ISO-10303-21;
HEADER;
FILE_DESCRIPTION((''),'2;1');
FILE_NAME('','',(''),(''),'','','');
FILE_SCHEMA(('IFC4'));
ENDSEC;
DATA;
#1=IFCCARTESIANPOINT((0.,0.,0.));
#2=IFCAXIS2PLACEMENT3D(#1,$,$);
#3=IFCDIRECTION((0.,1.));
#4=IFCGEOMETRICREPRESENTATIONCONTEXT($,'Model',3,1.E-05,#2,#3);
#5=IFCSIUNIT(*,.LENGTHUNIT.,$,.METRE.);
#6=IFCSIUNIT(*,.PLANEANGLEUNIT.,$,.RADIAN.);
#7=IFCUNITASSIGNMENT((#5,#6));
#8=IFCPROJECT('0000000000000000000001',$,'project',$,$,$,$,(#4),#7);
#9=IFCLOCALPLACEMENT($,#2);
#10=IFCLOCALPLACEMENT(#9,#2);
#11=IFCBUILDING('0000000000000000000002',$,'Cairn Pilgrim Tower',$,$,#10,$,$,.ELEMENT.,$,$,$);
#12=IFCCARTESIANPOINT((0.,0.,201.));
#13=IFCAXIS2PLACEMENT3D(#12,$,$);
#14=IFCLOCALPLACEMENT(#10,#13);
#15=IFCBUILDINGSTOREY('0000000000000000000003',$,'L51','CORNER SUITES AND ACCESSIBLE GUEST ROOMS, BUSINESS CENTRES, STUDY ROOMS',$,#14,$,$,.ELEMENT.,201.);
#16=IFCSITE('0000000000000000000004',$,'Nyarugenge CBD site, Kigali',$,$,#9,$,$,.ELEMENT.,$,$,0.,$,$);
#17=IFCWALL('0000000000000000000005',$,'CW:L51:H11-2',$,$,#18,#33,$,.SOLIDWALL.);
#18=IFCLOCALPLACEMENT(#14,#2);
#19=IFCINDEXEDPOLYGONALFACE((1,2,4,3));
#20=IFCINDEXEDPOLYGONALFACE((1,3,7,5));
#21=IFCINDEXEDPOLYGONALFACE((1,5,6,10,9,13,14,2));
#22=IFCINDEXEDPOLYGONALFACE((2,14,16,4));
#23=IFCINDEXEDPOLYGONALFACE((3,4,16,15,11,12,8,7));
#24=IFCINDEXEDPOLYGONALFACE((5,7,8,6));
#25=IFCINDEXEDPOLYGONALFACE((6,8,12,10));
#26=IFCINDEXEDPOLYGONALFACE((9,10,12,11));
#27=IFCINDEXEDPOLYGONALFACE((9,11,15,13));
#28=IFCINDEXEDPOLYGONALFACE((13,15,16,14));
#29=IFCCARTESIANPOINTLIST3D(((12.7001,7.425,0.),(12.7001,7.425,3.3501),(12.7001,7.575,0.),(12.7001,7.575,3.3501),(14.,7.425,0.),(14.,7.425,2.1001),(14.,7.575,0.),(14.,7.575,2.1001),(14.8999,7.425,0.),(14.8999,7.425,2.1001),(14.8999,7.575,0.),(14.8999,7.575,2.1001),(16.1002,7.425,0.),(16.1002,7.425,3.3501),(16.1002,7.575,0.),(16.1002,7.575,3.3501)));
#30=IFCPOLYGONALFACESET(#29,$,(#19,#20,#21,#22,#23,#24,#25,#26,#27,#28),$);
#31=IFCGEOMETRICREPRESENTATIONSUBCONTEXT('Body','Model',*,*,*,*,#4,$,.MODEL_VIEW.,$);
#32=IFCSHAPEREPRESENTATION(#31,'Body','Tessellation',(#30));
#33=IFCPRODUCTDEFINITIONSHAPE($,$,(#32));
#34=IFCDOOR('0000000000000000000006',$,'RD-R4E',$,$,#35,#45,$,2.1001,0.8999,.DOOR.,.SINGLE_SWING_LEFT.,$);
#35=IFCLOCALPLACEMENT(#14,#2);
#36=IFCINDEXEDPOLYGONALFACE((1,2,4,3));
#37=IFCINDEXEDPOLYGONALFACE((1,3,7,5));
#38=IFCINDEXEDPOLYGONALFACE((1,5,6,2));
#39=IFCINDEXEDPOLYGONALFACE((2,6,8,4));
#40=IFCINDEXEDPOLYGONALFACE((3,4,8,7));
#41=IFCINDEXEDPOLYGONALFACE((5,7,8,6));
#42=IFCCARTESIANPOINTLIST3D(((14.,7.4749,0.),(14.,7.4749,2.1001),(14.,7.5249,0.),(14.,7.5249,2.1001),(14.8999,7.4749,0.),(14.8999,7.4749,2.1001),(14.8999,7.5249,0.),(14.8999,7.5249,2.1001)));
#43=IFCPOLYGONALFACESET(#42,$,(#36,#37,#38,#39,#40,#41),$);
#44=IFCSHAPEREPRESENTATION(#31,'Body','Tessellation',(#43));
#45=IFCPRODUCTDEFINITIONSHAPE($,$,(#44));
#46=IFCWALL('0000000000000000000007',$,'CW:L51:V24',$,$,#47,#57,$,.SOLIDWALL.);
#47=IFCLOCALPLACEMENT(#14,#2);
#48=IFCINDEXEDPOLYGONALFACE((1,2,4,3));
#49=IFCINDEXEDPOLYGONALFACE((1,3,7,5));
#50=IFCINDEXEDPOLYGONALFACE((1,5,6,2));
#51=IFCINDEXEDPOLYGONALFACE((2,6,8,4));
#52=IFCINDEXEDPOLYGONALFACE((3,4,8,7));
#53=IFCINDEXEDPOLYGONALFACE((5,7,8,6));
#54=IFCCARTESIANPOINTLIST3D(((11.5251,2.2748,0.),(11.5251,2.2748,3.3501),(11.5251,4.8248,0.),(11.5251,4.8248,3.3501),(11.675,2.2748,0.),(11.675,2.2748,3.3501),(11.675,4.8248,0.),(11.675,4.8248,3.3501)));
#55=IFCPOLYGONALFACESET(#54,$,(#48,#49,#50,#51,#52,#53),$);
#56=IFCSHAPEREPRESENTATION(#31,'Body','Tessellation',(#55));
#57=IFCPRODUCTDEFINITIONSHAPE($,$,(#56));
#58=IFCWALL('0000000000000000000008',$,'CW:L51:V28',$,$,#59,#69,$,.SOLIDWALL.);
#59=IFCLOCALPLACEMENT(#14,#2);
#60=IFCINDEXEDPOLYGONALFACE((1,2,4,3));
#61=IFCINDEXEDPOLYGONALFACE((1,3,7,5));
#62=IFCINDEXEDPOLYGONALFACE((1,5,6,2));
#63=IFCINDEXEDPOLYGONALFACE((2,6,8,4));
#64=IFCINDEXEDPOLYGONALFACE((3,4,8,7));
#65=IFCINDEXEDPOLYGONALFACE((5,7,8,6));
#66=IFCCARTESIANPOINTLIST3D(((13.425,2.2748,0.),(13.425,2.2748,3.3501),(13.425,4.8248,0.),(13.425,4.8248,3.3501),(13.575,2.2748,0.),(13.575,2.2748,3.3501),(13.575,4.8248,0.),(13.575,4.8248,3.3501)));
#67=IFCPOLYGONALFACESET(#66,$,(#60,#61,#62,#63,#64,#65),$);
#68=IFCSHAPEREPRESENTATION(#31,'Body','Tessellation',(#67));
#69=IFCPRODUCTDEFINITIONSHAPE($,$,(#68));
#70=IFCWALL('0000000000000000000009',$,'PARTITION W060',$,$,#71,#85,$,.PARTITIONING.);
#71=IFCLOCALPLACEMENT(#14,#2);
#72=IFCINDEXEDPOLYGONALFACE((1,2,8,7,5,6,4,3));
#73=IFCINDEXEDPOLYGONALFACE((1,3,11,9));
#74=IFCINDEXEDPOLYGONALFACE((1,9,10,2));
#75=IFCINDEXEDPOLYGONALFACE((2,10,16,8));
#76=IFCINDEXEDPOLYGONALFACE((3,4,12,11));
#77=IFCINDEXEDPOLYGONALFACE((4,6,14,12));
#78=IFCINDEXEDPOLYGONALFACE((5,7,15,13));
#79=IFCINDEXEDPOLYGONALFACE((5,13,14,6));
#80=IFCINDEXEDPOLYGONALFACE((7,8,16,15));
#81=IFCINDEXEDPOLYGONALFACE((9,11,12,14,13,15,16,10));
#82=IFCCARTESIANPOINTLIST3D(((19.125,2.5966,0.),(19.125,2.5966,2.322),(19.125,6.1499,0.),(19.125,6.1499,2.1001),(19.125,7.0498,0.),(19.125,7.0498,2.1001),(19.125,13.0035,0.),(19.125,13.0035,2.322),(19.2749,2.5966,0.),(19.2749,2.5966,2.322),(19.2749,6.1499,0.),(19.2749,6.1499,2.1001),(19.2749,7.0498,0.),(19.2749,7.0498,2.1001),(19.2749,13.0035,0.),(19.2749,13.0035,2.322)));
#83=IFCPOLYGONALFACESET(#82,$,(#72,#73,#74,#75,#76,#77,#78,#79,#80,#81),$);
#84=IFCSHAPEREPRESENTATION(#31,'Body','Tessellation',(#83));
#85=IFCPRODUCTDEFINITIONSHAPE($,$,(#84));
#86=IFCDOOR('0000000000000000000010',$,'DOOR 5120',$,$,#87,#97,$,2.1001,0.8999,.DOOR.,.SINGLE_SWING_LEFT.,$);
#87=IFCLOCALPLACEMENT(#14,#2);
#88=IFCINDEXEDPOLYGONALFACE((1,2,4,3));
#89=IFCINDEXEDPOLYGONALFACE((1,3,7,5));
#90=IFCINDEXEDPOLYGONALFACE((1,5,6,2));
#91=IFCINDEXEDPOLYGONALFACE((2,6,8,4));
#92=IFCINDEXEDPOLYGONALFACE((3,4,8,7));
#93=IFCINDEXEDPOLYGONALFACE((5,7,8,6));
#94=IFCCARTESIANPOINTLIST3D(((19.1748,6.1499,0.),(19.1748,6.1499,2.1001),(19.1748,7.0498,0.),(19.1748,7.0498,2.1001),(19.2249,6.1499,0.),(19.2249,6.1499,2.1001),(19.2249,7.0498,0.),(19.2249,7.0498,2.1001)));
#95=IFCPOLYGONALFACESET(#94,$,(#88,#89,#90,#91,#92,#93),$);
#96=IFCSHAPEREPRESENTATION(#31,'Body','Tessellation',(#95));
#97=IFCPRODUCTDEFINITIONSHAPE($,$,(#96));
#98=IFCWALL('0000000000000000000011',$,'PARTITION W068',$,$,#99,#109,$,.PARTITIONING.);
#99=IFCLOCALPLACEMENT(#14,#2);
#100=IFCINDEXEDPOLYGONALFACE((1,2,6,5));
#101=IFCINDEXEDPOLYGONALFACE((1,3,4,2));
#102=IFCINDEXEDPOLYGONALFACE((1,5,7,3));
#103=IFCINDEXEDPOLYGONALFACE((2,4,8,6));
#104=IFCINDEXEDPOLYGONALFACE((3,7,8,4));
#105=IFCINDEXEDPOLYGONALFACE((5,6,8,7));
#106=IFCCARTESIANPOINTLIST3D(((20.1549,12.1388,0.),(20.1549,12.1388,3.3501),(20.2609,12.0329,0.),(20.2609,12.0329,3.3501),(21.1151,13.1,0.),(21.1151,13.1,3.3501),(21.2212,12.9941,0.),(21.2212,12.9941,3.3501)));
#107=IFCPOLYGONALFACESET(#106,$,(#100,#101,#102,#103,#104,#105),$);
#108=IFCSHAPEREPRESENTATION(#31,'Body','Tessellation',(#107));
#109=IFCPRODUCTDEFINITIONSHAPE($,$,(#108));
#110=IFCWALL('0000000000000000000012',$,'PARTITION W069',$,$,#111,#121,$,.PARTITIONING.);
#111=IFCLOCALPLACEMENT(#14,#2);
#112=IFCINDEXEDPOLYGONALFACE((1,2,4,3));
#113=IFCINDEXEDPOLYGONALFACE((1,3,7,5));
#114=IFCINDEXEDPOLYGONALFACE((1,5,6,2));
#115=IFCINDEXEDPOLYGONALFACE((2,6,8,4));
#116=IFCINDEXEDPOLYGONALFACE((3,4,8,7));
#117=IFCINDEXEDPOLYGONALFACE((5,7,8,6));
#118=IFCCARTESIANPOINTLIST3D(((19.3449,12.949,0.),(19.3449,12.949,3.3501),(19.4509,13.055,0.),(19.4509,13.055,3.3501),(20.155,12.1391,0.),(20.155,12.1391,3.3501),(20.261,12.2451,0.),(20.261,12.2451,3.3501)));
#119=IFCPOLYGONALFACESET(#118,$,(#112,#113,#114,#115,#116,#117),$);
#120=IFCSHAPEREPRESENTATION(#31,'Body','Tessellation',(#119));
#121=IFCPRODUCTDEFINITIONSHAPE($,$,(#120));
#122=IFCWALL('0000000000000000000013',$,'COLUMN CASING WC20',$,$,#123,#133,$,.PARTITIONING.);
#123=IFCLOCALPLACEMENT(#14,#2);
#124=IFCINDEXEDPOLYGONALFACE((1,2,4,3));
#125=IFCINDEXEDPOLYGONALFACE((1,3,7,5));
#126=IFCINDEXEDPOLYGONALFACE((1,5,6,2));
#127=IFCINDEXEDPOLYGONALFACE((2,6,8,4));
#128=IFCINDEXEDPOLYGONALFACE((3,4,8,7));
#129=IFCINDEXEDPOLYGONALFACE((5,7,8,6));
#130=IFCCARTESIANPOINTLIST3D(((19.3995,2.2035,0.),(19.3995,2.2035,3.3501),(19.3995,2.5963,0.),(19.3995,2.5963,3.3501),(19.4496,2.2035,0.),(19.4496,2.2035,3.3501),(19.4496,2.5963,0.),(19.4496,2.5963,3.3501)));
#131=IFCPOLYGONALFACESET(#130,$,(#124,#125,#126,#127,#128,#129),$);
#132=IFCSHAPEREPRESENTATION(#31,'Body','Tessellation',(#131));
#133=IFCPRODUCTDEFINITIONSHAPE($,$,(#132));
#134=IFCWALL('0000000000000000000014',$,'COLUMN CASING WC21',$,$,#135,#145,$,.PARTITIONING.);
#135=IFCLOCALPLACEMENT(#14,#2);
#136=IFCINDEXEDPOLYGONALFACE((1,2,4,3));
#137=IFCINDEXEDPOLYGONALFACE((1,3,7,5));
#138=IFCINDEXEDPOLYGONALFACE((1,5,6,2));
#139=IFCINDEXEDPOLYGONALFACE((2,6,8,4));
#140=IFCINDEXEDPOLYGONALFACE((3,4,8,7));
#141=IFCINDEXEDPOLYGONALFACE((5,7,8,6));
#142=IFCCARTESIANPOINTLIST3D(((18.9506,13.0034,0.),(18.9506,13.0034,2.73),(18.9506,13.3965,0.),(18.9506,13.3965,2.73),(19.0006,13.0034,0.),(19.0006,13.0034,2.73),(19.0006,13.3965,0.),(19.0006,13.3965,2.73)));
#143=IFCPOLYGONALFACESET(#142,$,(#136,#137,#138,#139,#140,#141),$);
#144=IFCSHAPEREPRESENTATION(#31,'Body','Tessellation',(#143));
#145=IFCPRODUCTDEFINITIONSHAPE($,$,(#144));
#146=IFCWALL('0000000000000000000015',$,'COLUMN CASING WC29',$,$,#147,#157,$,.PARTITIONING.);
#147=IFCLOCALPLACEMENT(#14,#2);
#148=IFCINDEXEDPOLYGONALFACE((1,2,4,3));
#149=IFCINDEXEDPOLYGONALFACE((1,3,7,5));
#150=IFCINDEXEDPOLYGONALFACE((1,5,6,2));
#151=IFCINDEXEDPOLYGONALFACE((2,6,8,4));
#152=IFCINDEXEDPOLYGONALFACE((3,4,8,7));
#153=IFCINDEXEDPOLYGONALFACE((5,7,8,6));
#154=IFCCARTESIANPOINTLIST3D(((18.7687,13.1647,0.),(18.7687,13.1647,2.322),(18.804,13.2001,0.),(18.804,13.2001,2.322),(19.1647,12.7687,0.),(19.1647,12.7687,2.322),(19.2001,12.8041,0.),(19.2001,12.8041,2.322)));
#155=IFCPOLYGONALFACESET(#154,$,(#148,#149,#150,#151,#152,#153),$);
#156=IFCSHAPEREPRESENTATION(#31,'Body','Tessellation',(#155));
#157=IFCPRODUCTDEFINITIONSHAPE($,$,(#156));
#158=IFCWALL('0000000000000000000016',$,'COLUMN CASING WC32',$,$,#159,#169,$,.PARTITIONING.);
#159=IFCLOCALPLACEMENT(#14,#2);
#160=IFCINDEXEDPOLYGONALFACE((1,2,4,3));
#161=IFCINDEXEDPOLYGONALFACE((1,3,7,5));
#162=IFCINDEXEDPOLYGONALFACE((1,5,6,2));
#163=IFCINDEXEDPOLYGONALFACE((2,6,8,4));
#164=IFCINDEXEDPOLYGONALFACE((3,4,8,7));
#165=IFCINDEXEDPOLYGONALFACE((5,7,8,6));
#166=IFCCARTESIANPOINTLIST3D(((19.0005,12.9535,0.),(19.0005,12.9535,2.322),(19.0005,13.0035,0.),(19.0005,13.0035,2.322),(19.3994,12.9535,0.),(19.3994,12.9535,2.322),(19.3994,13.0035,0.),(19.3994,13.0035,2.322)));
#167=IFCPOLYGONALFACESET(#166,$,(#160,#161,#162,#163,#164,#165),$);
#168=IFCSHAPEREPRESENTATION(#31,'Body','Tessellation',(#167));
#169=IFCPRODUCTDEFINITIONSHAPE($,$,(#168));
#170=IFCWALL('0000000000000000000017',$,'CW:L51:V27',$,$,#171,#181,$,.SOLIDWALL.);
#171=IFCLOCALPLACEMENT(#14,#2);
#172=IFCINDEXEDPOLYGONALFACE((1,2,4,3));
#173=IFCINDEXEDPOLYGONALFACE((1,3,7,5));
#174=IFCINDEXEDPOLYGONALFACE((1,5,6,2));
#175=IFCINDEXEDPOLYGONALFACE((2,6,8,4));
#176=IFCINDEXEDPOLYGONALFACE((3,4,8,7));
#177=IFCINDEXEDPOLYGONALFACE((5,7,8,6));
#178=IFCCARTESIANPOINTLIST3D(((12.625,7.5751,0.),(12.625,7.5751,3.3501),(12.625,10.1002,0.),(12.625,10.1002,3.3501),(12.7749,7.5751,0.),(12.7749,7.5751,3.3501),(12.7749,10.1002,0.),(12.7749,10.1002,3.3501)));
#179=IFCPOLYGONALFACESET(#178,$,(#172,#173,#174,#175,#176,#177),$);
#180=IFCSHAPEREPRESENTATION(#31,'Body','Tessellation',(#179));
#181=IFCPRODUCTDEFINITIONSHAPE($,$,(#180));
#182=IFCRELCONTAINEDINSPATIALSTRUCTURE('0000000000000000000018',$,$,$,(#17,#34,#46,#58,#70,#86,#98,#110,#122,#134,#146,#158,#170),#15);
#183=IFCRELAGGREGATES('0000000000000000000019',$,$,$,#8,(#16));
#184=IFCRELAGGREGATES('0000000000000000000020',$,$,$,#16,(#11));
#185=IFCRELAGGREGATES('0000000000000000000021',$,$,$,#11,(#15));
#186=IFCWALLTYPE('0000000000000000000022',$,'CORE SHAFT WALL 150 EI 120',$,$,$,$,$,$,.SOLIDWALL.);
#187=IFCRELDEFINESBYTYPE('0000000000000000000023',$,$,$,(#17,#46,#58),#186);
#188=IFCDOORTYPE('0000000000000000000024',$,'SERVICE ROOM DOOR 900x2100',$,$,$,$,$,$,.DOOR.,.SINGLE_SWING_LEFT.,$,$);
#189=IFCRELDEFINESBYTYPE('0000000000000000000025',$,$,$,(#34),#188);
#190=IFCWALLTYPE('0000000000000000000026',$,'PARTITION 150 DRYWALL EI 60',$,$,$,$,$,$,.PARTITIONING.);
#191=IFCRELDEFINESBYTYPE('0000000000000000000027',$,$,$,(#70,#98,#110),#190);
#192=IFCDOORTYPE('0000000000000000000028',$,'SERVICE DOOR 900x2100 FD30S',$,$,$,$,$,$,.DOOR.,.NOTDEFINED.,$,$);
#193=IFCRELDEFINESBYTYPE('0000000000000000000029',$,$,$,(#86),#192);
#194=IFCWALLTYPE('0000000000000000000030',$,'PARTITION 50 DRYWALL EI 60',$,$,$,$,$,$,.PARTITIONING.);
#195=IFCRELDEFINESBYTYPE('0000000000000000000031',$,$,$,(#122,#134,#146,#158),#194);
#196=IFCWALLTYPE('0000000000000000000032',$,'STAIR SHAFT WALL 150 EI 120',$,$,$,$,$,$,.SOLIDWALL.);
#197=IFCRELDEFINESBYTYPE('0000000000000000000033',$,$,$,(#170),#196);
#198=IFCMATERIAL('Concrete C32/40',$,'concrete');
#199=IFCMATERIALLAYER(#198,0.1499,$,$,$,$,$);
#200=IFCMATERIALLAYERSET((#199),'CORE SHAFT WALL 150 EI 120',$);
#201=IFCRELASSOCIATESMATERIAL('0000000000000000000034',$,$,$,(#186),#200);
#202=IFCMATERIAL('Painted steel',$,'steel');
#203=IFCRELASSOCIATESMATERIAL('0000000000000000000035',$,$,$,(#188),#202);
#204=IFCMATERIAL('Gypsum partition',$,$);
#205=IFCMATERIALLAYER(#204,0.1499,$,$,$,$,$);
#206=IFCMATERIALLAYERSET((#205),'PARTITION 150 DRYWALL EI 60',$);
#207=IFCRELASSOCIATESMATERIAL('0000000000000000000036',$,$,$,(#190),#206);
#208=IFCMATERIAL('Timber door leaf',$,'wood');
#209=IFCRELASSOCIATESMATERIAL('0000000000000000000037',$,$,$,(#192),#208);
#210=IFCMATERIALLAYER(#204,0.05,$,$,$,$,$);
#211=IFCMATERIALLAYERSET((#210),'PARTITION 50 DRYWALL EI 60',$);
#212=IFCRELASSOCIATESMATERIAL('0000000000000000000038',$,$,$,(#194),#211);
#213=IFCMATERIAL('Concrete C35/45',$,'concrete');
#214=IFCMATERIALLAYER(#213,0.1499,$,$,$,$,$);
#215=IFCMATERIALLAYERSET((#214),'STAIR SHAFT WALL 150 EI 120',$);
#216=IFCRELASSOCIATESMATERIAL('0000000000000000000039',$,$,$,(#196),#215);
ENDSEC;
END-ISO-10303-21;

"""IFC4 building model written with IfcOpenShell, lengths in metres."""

from ifc_helpers import new_model, si_unit, direction, frame, frame_2d, origin, place, context, subcontext, project, spatial, rectangle, extrude, material, layer, layer_set, type_object, element, fill, save


model = new_model("IFC4")

# Units and contexts
model_context = context("Model", 3, precision=1e-05, world=origin(), true_north=direction((0.0, 1.0)))
body_context = subcontext(model_context, "Body", "Model", "MODEL_VIEW")
ifc_project = project(units=[si_unit("LENGTHUNIT", "METRE"), si_unit("PLANEANGLEUNIT", "RADIAN")], contexts=[model_context])

# Site, building, storey
site_placement = place(None, origin())
site = spatial("IfcSite", under=ifc_project, at=site_placement, Name="Nyarugenge CBD site, Kigali", CompositionType="ELEMENT", RefElevation=0.0)
building_placement = place(site_placement, origin())
building = spatial("IfcBuilding", under=site, at=building_placement, Name="Cairn Pilgrim Tower", CompositionType="ELEMENT")
storey_placement = place(building_placement, frame((0.0, 0.0, 201.0)))
storey = spatial("IfcBuildingStorey", under=building, at=storey_placement, Name="L51", Description="CORNER SUITES AND ACCESSIBLE GUEST ROOMS, BUSINESS CENTRES, STUDY ROOMS", CompositionType="ELEMENT", Elevation=201.0)

# Shared definitions
ifc_material_1 = material(Name="Concrete C32/40", Category="concrete")

# Wall, opening, door
ifc_layer_1 = layer(ifc_material_1, 0.1499)
ifc_layer_set_1 = layer_set([ifc_layer_1], Name="CORE SHAFT WALL 150 EI 120")
wall_type_1 = type_object("IfcWallType", Name="CORE SHAFT WALL 150 EI 120", PredefinedType="SOLIDWALL", material=ifc_layer_set_1)
wall_1_placement = place(storey_placement, frame((12.7, 7.5, 0.0), z_axis=(0.0, 0.0, 1.0), x_axis=(1.0, 0.0, 0.0)))
wall_1 = element("IfcWall", 1, at=wall_1_placement, inside=storey, type_object=wall_type_1, Name="CW:L51:H11-2", PredefinedType="SOLIDWALL", context=body_context, shape_type="SweptSolid", body=[
    extrude(rectangle(XDim=3.4001, YDim=0.1499, at=frame_2d((1.7002, 0.0))), origin(), (0.0, 0.0, 1.0), 3.3501),
])
opening_1_placement = place(wall_1_placement, frame((1.3, 0.0, 0.0)))
opening_1 = element("IfcOpeningElement", 2, at=opening_1_placement, cuts=wall_1, PredefinedType="OPENING", context=body_context, shape_type="SweptSolid", body=[
    extrude(rectangle(XDim=0.8999, YDim=2.1001, at=frame_2d((0.45, 1.05))), frame((0.0, 0.085, 0.0), z_axis=(0.0, -1.0, 0.0), x_axis=(1.0, 0.0, 0.0)), (0.0, 0.0, 1.0), 0.1699),
])
ifc_material_2 = material(Name="Painted steel", Category="steel")
door_type_1 = type_object("IfcDoorType", Name="SERVICE ROOM DOOR 900x2100", OperationType="SINGLE_SWING_LEFT", PredefinedType="DOOR", material=ifc_material_2)
door_1_placement = place(opening_1_placement, origin())
door_1 = element("IfcDoor", 3, at=door_1_placement, inside=storey, type_object=door_type_1, Name="RD-R4E", OperationType="SINGLE_SWING_LEFT", OverallHeight=2.1001, OverallWidth=0.8999, PredefinedType="DOOR", context=body_context, shape_type="SweptSolid", body=[
    extrude(rectangle(XDim=0.8999, YDim=2.1001, at=frame_2d((0.45, 1.05))), frame((0.0, 0.0249, 0.0), z_axis=(0.0, -1.0, 0.0), x_axis=(1.0, 0.0, 0.0)), (0.0, 0.0, 1.0), 0.05),
])
fill(opening_1, door_1)

# Walls
for number, where, z_axis, x_axis, name in (
    (4, (11.6001, 2.2749, 0.0), (0.0, 0.0, 1.0), (0.0, 1.0, 0.0), "CW:L51:V24"),
    (5, (13.5, 2.2749, 0.0), (0.0, 0.0, 1.0), (0.0, 1.0, 0.0), "CW:L51:V28"),
):
    element("IfcWall", number, at=place(storey_placement, frame(where, z_axis=z_axis, x_axis=x_axis)), inside=storey, type_object=wall_type_1, Name=name, PredefinedType="SOLIDWALL", context=body_context, shape_type="SweptSolid", body=[
        extrude(rectangle(XDim=2.55, YDim=0.1499, at=frame_2d((1.2749, 0.0))), origin(), (0.0, 0.0, 1.0), 3.3501),
    ])

# Wall, opening, door
ifc_material_3 = material(Name="Gypsum partition")
ifc_layer_2 = layer(ifc_material_3, 0.1499)
ifc_layer_set_2 = layer_set([ifc_layer_2], Name="PARTITION 150 DRYWALL EI 60")
wall_type_2 = type_object("IfcWallType", Name="PARTITION 150 DRYWALL EI 60", PredefinedType="PARTITIONING", material=ifc_layer_set_2)
wall_2_placement = place(storey_placement, frame((19.2, 2.5964, 0.0), z_axis=(0.0, 0.0, 1.0), x_axis=(0.0, 1.0, 0.0)))
wall_2 = element("IfcWall", 6, at=wall_2_placement, inside=storey, type_object=wall_type_2, Name="PARTITION W060", PredefinedType="PARTITIONING", context=body_context, shape_type="SweptSolid", body=[
    extrude(rectangle(XDim=10.407, YDim=0.1499, at=frame_2d((5.2036, 0.0))), origin(), (0.0, 0.0, 1.0), 2.322),
])
opening_2_placement = place(wall_2_placement, frame((3.5535, 0.0, 0.0)))
opening_2 = element("IfcOpeningElement", 7, at=opening_2_placement, cuts=wall_2, PredefinedType="OPENING", context=body_context, shape_type="SweptSolid", body=[
    extrude(rectangle(XDim=0.8999, YDim=2.1001, at=frame_2d((0.45, 1.05))), frame((0.0, 0.085, 0.0), z_axis=(0.0, -1.0, 0.0), x_axis=(1.0, 0.0, 0.0)), (0.0, 0.0, 1.0), 0.1699),
])
ifc_material_4 = material(Name="Timber door leaf", Category="wood")
door_type_2 = type_object("IfcDoorType", Name="SERVICE DOOR 900x2100 FD30S", OperationType="NOTDEFINED", PredefinedType="DOOR", material=ifc_material_4)
door_2_placement = place(opening_2_placement, frame((0.8999, 0.0, 0.0), z_axis=(0.0, 0.0, 1.0), x_axis=(-1.0, 0.0, 0.0)))
door_2 = element("IfcDoor", 8, at=door_2_placement, inside=storey, type_object=door_type_2, Name="DOOR 5120", OperationType="SINGLE_SWING_LEFT", OverallHeight=2.1001, OverallWidth=0.8999, PredefinedType="DOOR", context=body_context, shape_type="SweptSolid", body=[
    extrude(rectangle(XDim=0.8999, YDim=2.1001, at=frame_2d((0.45, 1.05))), frame((0.0, 0.0249, 0.0), z_axis=(0.0, -1.0, 0.0), x_axis=(1.0, 0.0, 0.0)), (0.0, 0.0, 1.0), 0.05),
])
fill(opening_2, door_2)

# Walls
wall_3_placement = place(storey_placement, frame((20.208, 12.0859, 0.0), z_axis=(0.0, 0.0, 1.0), x_axis=(0.706747, 0.707466, 0.0)))
element("IfcWall", 9, at=wall_3_placement, inside=storey, type_object=wall_type_2, Name="PARTITION W068", PredefinedType="PARTITIONING", context=body_context, shape_type="SweptSolid", body=[
    extrude(rectangle(XDim=1.3586, YDim=0.1499, at=frame_2d((0.6792, 0.0))), origin(), (0.0, 0.0, 1.0), 3.3501),
])
wall_4_placement = place(storey_placement, frame((20.208, 12.1921, 0.0), z_axis=(0.0, 0.0, 1.0), x_axis=(-0.707213, 0.707, 0.0)))
element("IfcWall", 10, at=wall_4_placement, inside=storey, type_object=wall_type_2, Name="PARTITION W069", PredefinedType="PARTITIONING", context=body_context, shape_type="SweptSolid", body=[
    extrude(rectangle(XDim=1.1455, YDim=0.1499, at=frame_2d((0.5728, 0.0))), origin(), (0.0, 0.0, 1.0), 3.3501),
])
ifc_layer_3 = layer(ifc_material_3, 0.05)
ifc_layer_set_3 = layer_set([ifc_layer_3], Name="PARTITION 50 DRYWALL EI 60")
wall_type_3 = type_object("IfcWallType", Name="PARTITION 50 DRYWALL EI 60", PredefinedType="PARTITIONING", material=ifc_layer_set_3)
wall_5_placement = place(storey_placement, frame((19.4246, 2.2036, 0.0), z_axis=(0.0, 0.0, 1.0), x_axis=(0.0, 1.0, 0.0)))
element("IfcWall", 11, at=wall_5_placement, inside=storey, type_object=wall_type_3, Name="COLUMN CASING WC20", PredefinedType="PARTITIONING", context=body_context, shape_type="SweptSolid", body=[
    extrude(rectangle(XDim=0.3928, YDim=0.05, at=frame_2d((0.1963, 0.0))), origin(), (0.0, 0.0, 1.0), 3.3501),
])
wall_6_placement = place(storey_placement, frame((18.9756, 13.0034, 0.0), z_axis=(0.0, 0.0, 1.0), x_axis=(0.0, 1.0, 0.0)))
element("IfcWall", 12, at=wall_6_placement, inside=storey, type_object=wall_type_3, Name="COLUMN CASING WC21", PredefinedType="PARTITIONING", context=body_context, shape_type="SweptSolid", body=[
    extrude(rectangle(XDim=0.3931, YDim=0.05, at=frame_2d((0.1965, 0.0))), origin(), (0.0, 0.0, 1.0), 2.73),
])
wall_7_placement = place(storey_placement, frame((19.1824, 12.7864, 0.0), z_axis=(0.0, 0.0, 1.0), x_axis=(-0.707107, 0.707107, 0.0)))
element("IfcWall", 13, at=wall_7_placement, inside=storey, type_object=wall_type_3, Name="COLUMN CASING WC29", PredefinedType="PARTITIONING", context=body_context, shape_type="SweptSolid", body=[
    extrude(rectangle(XDim=0.5601, YDim=0.05, at=frame_2d((0.28, 0.0))), origin(), (0.0, 0.0, 1.0), 2.322),
])
wall_8_placement = place(storey_placement, frame((19.0005, 12.9785, 0.0), z_axis=(0.0, 0.0, 1.0), x_axis=(1.0, 0.0, 0.0)))
element("IfcWall", 14, at=wall_8_placement, inside=storey, type_object=wall_type_3, Name="COLUMN CASING WC32", PredefinedType="PARTITIONING", context=body_context, shape_type="SweptSolid", body=[
    extrude(rectangle(XDim=0.3989, YDim=0.05, at=frame_2d((0.1995, 0.0))), origin(), (0.0, 0.0, 1.0), 2.322),
])
ifc_material_5 = material(Name="Concrete C35/45", Category="concrete")
ifc_layer_4 = layer(ifc_material_5, 0.1499)
ifc_layer_set_4 = layer_set([ifc_layer_4], Name="STAIR SHAFT WALL 150 EI 120")
wall_type_4 = type_object("IfcWallType", Name="STAIR SHAFT WALL 150 EI 120", PredefinedType="SOLIDWALL", material=ifc_layer_set_4)
wall_9_placement = place(storey_placement, frame((12.7, 7.575, 0.0), z_axis=(0.0, 0.0, 1.0), x_axis=(0.0, 1.0, 0.0)))
element("IfcWall", 15, at=wall_9_placement, inside=storey, type_object=wall_type_4, Name="CW:L51:V27", PredefinedType="SOLIDWALL", context=body_context, shape_type="SweptSolid", body=[
    extrude(rectangle(XDim=2.5251, YDim=0.1499, at=frame_2d((1.2627, 0.0))), origin(), (0.0, 0.0, 1.0), 3.3501),
])

save(model, "model.ifc")
